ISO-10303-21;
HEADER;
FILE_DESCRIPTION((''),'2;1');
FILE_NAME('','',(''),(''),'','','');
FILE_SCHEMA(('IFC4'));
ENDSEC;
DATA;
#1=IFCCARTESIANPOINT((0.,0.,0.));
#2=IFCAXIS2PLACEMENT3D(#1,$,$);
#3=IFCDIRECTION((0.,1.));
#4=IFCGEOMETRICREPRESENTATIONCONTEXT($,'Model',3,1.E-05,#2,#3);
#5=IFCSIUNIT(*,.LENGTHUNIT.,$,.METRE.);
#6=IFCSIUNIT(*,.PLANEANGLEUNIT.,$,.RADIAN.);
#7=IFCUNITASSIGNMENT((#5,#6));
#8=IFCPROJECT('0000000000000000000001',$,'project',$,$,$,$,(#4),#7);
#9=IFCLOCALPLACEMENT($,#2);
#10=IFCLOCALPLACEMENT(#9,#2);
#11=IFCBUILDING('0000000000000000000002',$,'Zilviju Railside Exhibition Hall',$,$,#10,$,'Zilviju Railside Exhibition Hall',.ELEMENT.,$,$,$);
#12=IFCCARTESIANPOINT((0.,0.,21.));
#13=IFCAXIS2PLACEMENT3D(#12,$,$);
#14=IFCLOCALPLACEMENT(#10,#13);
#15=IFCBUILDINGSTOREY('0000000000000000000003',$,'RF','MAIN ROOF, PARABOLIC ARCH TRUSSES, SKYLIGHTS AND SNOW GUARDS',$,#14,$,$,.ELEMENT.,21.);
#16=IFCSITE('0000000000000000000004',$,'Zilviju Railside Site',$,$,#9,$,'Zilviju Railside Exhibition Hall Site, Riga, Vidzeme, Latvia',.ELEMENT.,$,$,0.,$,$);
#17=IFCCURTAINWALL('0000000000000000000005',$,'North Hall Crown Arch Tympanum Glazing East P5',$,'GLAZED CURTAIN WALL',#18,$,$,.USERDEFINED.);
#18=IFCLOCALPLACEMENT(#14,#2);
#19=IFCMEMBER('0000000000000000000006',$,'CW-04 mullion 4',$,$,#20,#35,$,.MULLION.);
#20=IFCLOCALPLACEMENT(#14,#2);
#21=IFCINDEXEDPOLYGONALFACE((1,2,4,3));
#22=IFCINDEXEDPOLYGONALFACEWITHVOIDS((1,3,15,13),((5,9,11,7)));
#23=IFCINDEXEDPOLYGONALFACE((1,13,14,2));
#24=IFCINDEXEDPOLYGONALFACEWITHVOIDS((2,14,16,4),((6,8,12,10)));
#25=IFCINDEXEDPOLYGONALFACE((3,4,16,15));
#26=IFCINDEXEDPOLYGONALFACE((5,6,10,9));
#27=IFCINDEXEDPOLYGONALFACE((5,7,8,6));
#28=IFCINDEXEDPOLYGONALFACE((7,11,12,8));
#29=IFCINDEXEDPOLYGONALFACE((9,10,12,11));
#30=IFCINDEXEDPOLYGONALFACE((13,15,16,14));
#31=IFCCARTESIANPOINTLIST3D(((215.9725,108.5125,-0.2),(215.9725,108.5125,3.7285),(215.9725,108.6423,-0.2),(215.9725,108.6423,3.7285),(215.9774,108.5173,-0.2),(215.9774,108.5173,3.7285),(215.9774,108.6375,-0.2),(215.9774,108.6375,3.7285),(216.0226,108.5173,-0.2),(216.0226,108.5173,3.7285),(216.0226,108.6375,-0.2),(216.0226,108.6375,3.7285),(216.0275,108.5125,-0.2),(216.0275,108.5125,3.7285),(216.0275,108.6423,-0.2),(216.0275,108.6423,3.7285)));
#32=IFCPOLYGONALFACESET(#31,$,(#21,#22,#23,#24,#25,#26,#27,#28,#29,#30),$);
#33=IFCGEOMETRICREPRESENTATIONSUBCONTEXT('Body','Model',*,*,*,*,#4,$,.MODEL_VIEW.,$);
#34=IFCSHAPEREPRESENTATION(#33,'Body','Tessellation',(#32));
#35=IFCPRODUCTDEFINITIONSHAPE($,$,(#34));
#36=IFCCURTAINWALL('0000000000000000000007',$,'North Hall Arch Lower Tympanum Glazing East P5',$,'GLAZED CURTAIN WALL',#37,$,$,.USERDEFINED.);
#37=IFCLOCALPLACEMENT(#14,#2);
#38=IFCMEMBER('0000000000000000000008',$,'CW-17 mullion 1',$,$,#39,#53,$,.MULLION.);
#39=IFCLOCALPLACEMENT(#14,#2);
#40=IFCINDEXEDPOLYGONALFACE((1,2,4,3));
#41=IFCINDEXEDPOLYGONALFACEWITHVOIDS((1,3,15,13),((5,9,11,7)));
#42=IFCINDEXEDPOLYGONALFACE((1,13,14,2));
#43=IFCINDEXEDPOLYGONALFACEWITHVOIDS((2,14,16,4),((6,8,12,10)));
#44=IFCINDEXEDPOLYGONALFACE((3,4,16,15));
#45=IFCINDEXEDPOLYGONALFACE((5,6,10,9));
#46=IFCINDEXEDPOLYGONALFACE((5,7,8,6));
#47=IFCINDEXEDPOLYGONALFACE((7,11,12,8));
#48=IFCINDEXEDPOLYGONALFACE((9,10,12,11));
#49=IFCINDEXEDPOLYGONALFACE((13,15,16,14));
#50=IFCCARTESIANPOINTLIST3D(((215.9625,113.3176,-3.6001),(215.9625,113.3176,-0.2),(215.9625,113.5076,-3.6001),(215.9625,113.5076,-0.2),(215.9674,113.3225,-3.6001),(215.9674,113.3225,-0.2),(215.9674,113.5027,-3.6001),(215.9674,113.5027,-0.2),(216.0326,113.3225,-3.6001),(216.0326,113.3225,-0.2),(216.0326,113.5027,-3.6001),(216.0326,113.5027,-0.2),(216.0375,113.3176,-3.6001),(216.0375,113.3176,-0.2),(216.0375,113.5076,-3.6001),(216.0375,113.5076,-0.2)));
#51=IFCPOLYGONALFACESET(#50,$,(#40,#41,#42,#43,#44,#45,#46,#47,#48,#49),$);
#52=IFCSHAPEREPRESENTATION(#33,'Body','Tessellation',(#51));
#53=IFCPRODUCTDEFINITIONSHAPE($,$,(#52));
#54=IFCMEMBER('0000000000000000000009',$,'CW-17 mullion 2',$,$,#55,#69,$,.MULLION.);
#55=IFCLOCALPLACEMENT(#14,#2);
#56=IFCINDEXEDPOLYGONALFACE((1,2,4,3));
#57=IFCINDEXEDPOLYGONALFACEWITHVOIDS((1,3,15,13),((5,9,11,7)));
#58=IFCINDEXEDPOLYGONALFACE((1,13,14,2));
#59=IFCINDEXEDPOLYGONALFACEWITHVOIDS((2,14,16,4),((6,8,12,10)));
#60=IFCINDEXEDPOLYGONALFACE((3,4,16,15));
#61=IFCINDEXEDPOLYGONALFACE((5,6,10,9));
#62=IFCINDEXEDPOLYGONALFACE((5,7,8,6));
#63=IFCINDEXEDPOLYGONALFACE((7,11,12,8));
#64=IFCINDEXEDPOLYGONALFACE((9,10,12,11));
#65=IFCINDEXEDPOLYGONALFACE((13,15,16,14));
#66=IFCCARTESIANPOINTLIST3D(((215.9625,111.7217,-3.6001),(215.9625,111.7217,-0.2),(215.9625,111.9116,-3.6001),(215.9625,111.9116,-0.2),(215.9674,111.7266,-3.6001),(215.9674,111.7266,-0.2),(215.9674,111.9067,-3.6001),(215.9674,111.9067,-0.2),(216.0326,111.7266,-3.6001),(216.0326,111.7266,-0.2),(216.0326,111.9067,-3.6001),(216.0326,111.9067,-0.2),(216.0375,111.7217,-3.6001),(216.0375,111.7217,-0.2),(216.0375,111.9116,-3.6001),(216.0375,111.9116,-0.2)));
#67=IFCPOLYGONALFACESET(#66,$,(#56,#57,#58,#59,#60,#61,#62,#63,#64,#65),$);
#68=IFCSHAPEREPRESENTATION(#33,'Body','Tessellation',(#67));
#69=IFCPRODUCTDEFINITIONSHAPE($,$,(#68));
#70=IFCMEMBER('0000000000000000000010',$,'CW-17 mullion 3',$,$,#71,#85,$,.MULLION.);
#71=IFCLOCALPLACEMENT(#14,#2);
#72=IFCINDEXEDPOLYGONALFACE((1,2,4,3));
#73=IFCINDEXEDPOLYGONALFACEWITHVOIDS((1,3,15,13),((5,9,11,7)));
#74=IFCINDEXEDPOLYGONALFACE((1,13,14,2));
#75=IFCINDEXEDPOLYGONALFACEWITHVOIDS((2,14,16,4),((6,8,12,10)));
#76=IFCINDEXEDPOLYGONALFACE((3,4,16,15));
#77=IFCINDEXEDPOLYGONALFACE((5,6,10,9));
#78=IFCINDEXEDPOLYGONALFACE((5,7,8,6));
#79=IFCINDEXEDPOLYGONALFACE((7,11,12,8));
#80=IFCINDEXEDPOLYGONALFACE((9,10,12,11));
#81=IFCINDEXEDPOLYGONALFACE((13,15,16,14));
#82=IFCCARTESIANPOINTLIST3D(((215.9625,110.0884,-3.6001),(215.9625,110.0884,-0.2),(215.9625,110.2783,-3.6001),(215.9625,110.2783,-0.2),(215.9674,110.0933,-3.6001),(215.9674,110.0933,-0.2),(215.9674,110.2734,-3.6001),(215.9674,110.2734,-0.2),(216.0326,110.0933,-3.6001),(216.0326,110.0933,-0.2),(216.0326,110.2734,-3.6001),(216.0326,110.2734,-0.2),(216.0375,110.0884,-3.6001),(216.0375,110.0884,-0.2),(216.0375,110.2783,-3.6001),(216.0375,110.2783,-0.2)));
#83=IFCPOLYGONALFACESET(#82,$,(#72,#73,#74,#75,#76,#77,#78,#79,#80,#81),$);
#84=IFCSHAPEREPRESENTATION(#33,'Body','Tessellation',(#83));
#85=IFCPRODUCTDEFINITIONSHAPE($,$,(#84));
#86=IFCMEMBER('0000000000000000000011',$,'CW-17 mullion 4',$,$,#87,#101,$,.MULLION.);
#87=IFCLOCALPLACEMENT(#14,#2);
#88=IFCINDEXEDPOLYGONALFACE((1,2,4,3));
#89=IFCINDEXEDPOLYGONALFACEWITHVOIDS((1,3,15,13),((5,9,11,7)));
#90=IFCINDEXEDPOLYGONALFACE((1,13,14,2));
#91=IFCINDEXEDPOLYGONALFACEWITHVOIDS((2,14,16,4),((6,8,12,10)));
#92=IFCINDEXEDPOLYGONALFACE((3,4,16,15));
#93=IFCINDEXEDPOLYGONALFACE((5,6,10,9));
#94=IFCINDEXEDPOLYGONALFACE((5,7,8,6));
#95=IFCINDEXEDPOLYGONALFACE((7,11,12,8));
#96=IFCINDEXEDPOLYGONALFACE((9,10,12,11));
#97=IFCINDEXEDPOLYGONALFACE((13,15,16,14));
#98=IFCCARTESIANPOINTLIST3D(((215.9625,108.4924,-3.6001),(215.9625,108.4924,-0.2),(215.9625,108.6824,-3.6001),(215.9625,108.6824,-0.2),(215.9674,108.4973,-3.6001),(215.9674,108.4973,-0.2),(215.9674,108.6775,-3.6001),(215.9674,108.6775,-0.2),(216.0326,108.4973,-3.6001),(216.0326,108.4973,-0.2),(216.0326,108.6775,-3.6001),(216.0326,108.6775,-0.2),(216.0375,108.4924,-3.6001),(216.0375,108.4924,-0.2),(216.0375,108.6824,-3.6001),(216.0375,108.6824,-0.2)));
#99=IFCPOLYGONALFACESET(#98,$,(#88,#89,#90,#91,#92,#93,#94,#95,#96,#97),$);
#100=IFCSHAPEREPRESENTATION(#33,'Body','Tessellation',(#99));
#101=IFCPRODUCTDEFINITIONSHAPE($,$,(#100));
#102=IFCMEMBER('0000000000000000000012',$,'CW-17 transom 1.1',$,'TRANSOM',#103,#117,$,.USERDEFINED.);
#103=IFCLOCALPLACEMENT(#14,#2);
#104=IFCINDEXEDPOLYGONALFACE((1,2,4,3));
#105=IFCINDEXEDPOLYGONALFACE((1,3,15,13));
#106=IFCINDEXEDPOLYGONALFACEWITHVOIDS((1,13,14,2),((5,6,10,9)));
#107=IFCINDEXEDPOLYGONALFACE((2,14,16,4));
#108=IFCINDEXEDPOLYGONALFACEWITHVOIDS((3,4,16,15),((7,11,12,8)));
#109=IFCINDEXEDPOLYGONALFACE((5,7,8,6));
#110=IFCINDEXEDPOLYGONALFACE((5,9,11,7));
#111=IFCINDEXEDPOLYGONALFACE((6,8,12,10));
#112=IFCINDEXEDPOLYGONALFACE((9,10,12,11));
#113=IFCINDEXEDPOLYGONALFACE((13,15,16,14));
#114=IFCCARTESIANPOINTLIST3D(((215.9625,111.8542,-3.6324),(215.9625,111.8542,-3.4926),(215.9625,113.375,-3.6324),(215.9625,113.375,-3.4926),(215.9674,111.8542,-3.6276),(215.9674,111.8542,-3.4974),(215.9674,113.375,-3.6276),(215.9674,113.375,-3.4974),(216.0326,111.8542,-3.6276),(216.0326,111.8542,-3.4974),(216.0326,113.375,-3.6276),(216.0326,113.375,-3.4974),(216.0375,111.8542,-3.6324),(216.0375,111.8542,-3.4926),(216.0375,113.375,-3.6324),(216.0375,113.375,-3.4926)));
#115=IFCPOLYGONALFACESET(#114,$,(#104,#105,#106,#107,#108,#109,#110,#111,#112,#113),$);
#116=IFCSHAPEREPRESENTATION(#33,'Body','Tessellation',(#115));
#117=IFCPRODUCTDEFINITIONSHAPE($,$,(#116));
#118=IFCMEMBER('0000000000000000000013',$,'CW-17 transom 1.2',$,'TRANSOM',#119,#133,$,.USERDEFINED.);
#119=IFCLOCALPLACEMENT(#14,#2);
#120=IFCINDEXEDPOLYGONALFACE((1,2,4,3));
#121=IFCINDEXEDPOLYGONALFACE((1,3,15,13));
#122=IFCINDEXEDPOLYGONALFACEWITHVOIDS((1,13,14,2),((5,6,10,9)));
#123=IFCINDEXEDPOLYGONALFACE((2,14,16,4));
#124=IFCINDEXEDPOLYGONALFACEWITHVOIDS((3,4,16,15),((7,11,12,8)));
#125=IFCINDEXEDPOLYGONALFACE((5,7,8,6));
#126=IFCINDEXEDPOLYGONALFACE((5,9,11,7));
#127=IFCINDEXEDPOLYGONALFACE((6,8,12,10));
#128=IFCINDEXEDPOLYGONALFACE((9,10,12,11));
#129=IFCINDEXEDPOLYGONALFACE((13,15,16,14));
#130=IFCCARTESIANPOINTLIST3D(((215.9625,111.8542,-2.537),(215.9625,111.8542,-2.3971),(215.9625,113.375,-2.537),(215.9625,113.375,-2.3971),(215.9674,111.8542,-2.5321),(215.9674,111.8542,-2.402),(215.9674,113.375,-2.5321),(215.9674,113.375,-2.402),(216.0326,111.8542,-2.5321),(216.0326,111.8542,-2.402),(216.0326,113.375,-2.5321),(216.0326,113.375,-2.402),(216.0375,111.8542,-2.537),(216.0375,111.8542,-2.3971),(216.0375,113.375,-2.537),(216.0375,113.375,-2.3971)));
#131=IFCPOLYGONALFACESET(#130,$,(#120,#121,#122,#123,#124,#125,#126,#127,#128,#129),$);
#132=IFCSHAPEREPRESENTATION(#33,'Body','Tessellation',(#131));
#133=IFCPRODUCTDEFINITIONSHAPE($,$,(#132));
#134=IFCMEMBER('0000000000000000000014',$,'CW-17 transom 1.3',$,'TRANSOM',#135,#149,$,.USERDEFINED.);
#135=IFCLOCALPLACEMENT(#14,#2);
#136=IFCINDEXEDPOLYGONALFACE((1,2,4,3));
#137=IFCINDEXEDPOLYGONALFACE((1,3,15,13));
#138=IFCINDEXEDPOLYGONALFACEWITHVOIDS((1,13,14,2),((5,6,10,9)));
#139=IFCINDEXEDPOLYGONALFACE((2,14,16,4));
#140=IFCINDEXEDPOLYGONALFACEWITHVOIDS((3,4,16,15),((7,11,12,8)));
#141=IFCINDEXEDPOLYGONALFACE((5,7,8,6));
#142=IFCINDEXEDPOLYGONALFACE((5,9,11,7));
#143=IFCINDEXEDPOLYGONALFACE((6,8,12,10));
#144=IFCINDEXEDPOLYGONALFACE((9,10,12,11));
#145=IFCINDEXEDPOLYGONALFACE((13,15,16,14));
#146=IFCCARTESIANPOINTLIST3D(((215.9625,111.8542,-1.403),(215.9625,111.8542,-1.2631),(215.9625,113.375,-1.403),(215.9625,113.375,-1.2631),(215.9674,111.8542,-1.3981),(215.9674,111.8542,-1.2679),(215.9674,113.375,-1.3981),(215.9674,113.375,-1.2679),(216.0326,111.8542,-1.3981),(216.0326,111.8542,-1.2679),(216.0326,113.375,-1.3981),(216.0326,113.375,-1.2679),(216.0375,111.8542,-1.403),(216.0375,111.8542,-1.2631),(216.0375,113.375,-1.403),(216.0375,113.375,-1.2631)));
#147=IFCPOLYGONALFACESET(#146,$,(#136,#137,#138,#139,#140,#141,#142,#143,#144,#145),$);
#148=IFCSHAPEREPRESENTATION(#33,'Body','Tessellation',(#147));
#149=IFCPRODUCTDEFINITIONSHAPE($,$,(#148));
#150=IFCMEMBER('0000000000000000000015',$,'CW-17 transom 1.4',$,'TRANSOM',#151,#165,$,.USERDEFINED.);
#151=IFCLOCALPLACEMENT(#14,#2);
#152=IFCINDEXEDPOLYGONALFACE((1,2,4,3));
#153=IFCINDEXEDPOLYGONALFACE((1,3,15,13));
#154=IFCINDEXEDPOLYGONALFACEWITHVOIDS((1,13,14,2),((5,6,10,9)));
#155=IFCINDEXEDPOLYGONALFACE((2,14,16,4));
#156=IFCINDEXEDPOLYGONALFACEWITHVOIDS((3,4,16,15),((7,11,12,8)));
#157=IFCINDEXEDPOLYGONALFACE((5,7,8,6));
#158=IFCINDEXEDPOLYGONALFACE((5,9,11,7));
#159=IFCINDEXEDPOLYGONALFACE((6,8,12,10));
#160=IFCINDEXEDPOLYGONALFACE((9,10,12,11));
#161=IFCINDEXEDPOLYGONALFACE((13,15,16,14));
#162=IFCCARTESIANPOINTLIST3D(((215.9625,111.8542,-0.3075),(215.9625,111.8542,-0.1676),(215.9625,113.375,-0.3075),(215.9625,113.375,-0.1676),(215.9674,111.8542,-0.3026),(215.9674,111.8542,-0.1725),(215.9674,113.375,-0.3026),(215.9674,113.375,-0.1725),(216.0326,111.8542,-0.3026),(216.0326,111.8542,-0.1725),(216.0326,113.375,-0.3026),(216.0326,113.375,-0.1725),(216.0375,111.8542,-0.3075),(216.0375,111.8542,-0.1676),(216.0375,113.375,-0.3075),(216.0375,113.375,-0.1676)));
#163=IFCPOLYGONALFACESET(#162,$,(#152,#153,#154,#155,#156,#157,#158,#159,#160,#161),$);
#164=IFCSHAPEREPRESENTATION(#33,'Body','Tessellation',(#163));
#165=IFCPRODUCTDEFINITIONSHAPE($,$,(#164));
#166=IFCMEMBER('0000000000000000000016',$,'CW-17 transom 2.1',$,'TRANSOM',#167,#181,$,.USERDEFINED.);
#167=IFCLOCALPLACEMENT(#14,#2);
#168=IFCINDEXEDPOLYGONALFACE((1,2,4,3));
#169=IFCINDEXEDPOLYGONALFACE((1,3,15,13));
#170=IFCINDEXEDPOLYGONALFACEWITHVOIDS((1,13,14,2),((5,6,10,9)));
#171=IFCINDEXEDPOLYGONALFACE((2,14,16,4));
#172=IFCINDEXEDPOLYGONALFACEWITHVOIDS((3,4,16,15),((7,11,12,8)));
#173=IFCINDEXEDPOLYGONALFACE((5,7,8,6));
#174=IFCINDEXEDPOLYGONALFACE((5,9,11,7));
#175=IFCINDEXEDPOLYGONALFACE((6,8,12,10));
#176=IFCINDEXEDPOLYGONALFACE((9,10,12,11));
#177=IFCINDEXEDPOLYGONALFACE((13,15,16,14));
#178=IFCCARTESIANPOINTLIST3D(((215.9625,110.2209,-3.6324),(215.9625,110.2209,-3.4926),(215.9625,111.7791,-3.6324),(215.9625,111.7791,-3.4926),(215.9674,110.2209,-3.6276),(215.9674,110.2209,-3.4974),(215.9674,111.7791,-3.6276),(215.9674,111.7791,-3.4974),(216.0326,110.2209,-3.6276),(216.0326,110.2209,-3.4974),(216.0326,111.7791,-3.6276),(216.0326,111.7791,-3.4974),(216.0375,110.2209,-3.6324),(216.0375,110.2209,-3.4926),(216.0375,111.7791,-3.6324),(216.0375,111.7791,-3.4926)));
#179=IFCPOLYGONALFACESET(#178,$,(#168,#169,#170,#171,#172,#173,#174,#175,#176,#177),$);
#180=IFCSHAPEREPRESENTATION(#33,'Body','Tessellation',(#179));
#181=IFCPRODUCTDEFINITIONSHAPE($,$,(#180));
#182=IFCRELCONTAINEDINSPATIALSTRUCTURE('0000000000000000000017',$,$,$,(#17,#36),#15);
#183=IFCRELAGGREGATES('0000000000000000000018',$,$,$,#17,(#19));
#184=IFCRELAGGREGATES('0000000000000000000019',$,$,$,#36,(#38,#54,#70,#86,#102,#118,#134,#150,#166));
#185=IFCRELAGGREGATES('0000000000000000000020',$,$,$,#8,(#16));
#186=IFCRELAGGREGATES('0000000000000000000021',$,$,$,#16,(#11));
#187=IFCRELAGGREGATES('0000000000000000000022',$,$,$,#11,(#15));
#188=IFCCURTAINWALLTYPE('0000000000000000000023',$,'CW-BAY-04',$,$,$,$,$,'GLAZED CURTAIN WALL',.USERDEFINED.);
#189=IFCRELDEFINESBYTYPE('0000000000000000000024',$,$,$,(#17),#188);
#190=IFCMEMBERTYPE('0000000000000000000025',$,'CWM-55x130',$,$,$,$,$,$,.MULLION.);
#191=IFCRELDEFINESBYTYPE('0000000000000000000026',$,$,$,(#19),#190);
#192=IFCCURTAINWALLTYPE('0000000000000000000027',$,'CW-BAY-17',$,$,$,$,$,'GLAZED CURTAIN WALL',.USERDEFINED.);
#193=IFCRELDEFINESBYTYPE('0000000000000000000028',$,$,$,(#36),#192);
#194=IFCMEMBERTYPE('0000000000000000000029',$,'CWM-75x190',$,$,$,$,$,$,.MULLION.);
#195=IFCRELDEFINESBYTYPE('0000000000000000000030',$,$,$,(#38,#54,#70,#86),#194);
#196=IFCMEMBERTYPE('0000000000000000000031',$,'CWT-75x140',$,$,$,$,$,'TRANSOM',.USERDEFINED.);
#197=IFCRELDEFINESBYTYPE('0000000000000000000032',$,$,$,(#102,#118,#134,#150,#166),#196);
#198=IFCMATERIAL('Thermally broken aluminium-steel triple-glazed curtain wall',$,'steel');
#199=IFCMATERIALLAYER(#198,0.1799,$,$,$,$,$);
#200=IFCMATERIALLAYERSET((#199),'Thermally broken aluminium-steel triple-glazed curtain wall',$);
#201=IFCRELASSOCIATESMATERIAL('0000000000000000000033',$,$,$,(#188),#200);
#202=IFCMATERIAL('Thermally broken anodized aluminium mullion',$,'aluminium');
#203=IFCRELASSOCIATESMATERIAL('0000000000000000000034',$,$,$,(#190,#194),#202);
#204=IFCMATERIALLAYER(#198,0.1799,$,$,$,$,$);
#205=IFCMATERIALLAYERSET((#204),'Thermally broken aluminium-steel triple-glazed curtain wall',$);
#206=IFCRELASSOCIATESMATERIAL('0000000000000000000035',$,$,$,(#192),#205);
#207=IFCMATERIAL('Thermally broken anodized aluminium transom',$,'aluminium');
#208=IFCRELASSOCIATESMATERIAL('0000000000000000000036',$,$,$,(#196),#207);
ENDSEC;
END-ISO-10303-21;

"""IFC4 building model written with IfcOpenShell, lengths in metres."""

from ifc_helpers import new_model, si_unit, direction, frame, origin, origin_2d, place, context, subcontext, project, spatial, hollow_rectangle, extrude, material, layer, layer_set, material_profile, profile_set, type_object, element, aggregate, save


model = new_model("IFC4")

# Units and contexts
model_context = context("Model", 3, precision=1e-05, world=origin(), true_north=direction((0.0, 1.0)))
body_context = subcontext(model_context, "Body", "Model", "MODEL_VIEW")
ifc_project = project(units=[si_unit("LENGTHUNIT", "METRE"), si_unit("PLANEANGLEUNIT", "RADIAN")], contexts=[model_context])

# Site, building, storey
site_placement = place(None, origin())
site = spatial("IfcSite", under=ifc_project, at=site_placement, Name="Zilviju Railside Site", LongName="Zilviju Railside Exhibition Hall Site, Riga, Vidzeme, Latvia", CompositionType="ELEMENT", RefElevation=0.0)
building_placement = place(site_placement, origin())
building = spatial("IfcBuilding", under=site, at=building_placement, Name="Zilviju Railside Exhibition Hall", LongName="Zilviju Railside Exhibition Hall", CompositionType="ELEMENT")
storey_placement = place(building_placement, frame((0.0, 0.0, 21.0)))
storey = spatial("IfcBuildingStorey", under=building, at=storey_placement, Name="RF", Description="MAIN ROOF, PARABOLIC ARCH TRUSSES, SKYLIGHTS AND SNOW GUARDS", CompositionType="ELEMENT", Elevation=21.0)

# Curtain wall, member
ifc_material_1 = material(Name="Thermally broken aluminium-steel triple-glazed curtain wall", Category="steel")
ifc_layer_1 = layer(ifc_material_1, 0.1799)
ifc_layer_set_1 = layer_set([ifc_layer_1], Name="Thermally broken aluminium-steel triple-glazed curtain wall")
curtain_wall_type_1 = type_object("IfcCurtainWallType", Name="CW-BAY-04", ElementType="GLAZED CURTAIN WALL", PredefinedType="USERDEFINED", material=ifc_layer_set_1)
curtain_wall_1_placement = place(storey_placement, origin())
curtain_wall_1 = element("IfcCurtainWall", 1, at=curtain_wall_1_placement, inside=storey, type_object=curtain_wall_type_1, Name="North Hall Crown Arch Tympanum Glazing East P5", ObjectType="GLAZED CURTAIN WALL", PredefinedType="USERDEFINED")
ifc_material_2 = material(Name="Thermally broken anodized aluminium mullion", Category="aluminium")
ifc_material_profile_1 = material_profile(ifc_material_2, hollow_rectangle(XDim=0.0549, YDim=0.1299, WallThickness=0.0049, at=origin_2d()), Name="MULLION 130x55x5")
ifc_profile_set_1 = profile_set([ifc_material_profile_1], Name="Thermally broken anodized aluminium mullion")
member_type_1 = type_object("IfcMemberType", Name="CWM-55x130", PredefinedType="MULLION", material=ifc_profile_set_1)
member_1_placement = place(storey_placement, frame((216.0, 108.5774, -0.2), z_axis=(0.0, 0.0, 1.0), x_axis=(1.0, 0.0, 0.0)))
member_1 = element("IfcMember", 2, at=member_1_placement, type_object=member_type_1, Name="CW-04 mullion 4", PredefinedType="MULLION", context=body_context, shape_type="SweptSolid", body=[
    extrude(hollow_rectangle(XDim=0.0549, YDim=0.1299, WallThickness=0.0049, at=origin_2d()), origin(), (0.0, 0.0, 1.0), 3.9285),
])
aggregate(curtain_wall_1, [member_1])

# Curtain wall, members
ifc_layer_2 = layer(ifc_material_1, 0.1799)
ifc_layer_set_2 = layer_set([ifc_layer_2], Name="Thermally broken aluminium-steel triple-glazed curtain wall")
curtain_wall_type_2 = type_object("IfcCurtainWallType", Name="CW-BAY-17", ElementType="GLAZED CURTAIN WALL", PredefinedType="USERDEFINED", material=ifc_layer_set_2)
curtain_wall_2_placement = place(storey_placement, origin())
curtain_wall_2 = element("IfcCurtainWall", 3, at=curtain_wall_2_placement, inside=storey, type_object=curtain_wall_type_2, Name="North Hall Arch Lower Tympanum Glazing East P5", ObjectType="GLAZED CURTAIN WALL", PredefinedType="USERDEFINED")
ifc_material_profile_2 = material_profile(ifc_material_2, hollow_rectangle(XDim=0.075, YDim=0.1899, WallThickness=0.0049, at=origin_2d()), Name="MULLION 190x75x5")
ifc_profile_set_2 = profile_set([ifc_material_profile_2], Name="Thermally broken anodized aluminium mullion")
member_type_2 = type_object("IfcMemberType", Name="CWM-75x190", PredefinedType="MULLION", material=ifc_profile_set_2)
member_2_placement = place(storey_placement, frame((216.0, 113.4126, -3.6001), z_axis=(0.0, 0.0, 1.0), x_axis=(1.0, 0.0, 0.0)))
member_2 = element("IfcMember", 4, at=member_2_placement, type_object=member_type_2, Name="CW-17 mullion 1", PredefinedType="MULLION", context=body_context, shape_type="SweptSolid", body=[
    extrude(hollow_rectangle(XDim=0.075, YDim=0.1899, WallThickness=0.0049, at=origin_2d()), origin(), (0.0, 0.0, 1.0), 3.4001),
])
member_3_placement = place(storey_placement, frame((216.0, 111.8167, -3.6001), z_axis=(0.0, 0.0, 1.0), x_axis=(1.0, 0.0, 0.0)))
member_3 = element("IfcMember", 5, at=member_3_placement, type_object=member_type_2, Name="CW-17 mullion 2", PredefinedType="MULLION", context=body_context, shape_type="SweptSolid", body=[
    extrude(hollow_rectangle(XDim=0.075, YDim=0.1899, WallThickness=0.0049, at=origin_2d()), origin(), (0.0, 0.0, 1.0), 3.4001),
])
member_4_placement = place(storey_placement, frame((216.0, 110.1833, -3.6001), z_axis=(0.0, 0.0, 1.0), x_axis=(1.0, 0.0, 0.0)))
member_4 = element("IfcMember", 6, at=member_4_placement, type_object=member_type_2, Name="CW-17 mullion 3", PredefinedType="MULLION", context=body_context, shape_type="SweptSolid", body=[
    extrude(hollow_rectangle(XDim=0.075, YDim=0.1899, WallThickness=0.0049, at=origin_2d()), origin(), (0.0, 0.0, 1.0), 3.4001),
])
member_5_placement = place(storey_placement, frame((216.0, 108.5874, -3.6001), z_axis=(0.0, 0.0, 1.0), x_axis=(1.0, 0.0, 0.0)))
member_5 = element("IfcMember", 7, at=member_5_placement, type_object=member_type_2, Name="CW-17 mullion 4", PredefinedType="MULLION", context=body_context, shape_type="SweptSolid", body=[
    extrude(hollow_rectangle(XDim=0.075, YDim=0.1899, WallThickness=0.0049, at=origin_2d()), origin(), (0.0, 0.0, 1.0), 3.4001),
])
ifc_material_3 = material(Name="Thermally broken anodized aluminium transom", Category="aluminium")
ifc_material_profile_3 = material_profile(ifc_material_3, hollow_rectangle(XDim=0.075, YDim=0.1399, WallThickness=0.0049, at=origin_2d()), Name="TRANSOM 140x75x5")
ifc_profile_set_3 = profile_set([ifc_material_profile_3], Name="Thermally broken anodized aluminium transom")
member_type_3 = type_object("IfcMemberType", Name="CWT-75x140", ElementType="TRANSOM", PredefinedType="USERDEFINED", material=ifc_profile_set_3)
member_6_placement = place(storey_placement, frame((216.0, 113.375, -3.5625), z_axis=(0.0, -1.0, 0.0), x_axis=(1.0, 0.0, 0.0)))
member_6 = element("IfcMember", 8, at=member_6_placement, type_object=member_type_3, Name="CW-17 transom 1.1", ObjectType="TRANSOM", PredefinedType="USERDEFINED", context=body_context, shape_type="SweptSolid", body=[
    extrude(hollow_rectangle(XDim=0.075, YDim=0.1399, WallThickness=0.0049, at=origin_2d()), origin(), (0.0, 0.0, 1.0), 1.5208),
])
member_7_placement = place(storey_placement, frame((216.0, 113.375, -2.467), z_axis=(0.0, -1.0, 0.0), x_axis=(1.0, 0.0, 0.0)))
member_7 = element("IfcMember", 9, at=member_7_placement, type_object=member_type_3, Name="CW-17 transom 1.2", ObjectType="TRANSOM", PredefinedType="USERDEFINED", context=body_context, shape_type="SweptSolid", body=[
    extrude(hollow_rectangle(XDim=0.075, YDim=0.1399, WallThickness=0.0049, at=origin_2d()), origin(), (0.0, 0.0, 1.0), 1.5208),
])
member_8_placement = place(storey_placement, frame((216.0, 113.375, -1.333), z_axis=(0.0, -1.0, 0.0), x_axis=(1.0, 0.0, 0.0)))
member_8 = element("IfcMember", 10, at=member_8_placement, type_object=member_type_3, Name="CW-17 transom 1.3", ObjectType="TRANSOM", PredefinedType="USERDEFINED", context=body_context, shape_type="SweptSolid", body=[
    extrude(hollow_rectangle(XDim=0.075, YDim=0.1399, WallThickness=0.0049, at=origin_2d()), origin(), (0.0, 0.0, 1.0), 1.5208),
])
member_9_placement = place(storey_placement, frame((216.0, 113.375, -0.2375), z_axis=(0.0, -1.0, 0.0), x_axis=(1.0, 0.0, 0.0)))
member_9 = element("IfcMember", 11, at=member_9_placement, type_object=member_type_3, Name="CW-17 transom 1.4", ObjectType="TRANSOM", PredefinedType="USERDEFINED", context=body_context, shape_type="SweptSolid", body=[
    extrude(hollow_rectangle(XDim=0.075, YDim=0.1399, WallThickness=0.0049, at=origin_2d()), origin(), (0.0, 0.0, 1.0), 1.5208),
])
member_10_placement = place(storey_placement, frame((216.0, 111.7791, -3.5625), z_axis=(0.0, -1.0, 0.0), x_axis=(1.0, 0.0, 0.0)))
member_10 = element("IfcMember", 12, at=member_10_placement, type_object=member_type_3, Name="CW-17 transom 2.1", ObjectType="TRANSOM", PredefinedType="USERDEFINED", context=body_context, shape_type="SweptSolid", body=[
    extrude(hollow_rectangle(XDim=0.075, YDim=0.1399, WallThickness=0.0049, at=origin_2d()), origin(), (0.0, 0.0, 1.0), 1.5581),
])
aggregate(curtain_wall_2, [member_2, member_3, member_4, member_5, member_6, member_7, member_8, member_9, member_10])

save(model, "model.ifc")
